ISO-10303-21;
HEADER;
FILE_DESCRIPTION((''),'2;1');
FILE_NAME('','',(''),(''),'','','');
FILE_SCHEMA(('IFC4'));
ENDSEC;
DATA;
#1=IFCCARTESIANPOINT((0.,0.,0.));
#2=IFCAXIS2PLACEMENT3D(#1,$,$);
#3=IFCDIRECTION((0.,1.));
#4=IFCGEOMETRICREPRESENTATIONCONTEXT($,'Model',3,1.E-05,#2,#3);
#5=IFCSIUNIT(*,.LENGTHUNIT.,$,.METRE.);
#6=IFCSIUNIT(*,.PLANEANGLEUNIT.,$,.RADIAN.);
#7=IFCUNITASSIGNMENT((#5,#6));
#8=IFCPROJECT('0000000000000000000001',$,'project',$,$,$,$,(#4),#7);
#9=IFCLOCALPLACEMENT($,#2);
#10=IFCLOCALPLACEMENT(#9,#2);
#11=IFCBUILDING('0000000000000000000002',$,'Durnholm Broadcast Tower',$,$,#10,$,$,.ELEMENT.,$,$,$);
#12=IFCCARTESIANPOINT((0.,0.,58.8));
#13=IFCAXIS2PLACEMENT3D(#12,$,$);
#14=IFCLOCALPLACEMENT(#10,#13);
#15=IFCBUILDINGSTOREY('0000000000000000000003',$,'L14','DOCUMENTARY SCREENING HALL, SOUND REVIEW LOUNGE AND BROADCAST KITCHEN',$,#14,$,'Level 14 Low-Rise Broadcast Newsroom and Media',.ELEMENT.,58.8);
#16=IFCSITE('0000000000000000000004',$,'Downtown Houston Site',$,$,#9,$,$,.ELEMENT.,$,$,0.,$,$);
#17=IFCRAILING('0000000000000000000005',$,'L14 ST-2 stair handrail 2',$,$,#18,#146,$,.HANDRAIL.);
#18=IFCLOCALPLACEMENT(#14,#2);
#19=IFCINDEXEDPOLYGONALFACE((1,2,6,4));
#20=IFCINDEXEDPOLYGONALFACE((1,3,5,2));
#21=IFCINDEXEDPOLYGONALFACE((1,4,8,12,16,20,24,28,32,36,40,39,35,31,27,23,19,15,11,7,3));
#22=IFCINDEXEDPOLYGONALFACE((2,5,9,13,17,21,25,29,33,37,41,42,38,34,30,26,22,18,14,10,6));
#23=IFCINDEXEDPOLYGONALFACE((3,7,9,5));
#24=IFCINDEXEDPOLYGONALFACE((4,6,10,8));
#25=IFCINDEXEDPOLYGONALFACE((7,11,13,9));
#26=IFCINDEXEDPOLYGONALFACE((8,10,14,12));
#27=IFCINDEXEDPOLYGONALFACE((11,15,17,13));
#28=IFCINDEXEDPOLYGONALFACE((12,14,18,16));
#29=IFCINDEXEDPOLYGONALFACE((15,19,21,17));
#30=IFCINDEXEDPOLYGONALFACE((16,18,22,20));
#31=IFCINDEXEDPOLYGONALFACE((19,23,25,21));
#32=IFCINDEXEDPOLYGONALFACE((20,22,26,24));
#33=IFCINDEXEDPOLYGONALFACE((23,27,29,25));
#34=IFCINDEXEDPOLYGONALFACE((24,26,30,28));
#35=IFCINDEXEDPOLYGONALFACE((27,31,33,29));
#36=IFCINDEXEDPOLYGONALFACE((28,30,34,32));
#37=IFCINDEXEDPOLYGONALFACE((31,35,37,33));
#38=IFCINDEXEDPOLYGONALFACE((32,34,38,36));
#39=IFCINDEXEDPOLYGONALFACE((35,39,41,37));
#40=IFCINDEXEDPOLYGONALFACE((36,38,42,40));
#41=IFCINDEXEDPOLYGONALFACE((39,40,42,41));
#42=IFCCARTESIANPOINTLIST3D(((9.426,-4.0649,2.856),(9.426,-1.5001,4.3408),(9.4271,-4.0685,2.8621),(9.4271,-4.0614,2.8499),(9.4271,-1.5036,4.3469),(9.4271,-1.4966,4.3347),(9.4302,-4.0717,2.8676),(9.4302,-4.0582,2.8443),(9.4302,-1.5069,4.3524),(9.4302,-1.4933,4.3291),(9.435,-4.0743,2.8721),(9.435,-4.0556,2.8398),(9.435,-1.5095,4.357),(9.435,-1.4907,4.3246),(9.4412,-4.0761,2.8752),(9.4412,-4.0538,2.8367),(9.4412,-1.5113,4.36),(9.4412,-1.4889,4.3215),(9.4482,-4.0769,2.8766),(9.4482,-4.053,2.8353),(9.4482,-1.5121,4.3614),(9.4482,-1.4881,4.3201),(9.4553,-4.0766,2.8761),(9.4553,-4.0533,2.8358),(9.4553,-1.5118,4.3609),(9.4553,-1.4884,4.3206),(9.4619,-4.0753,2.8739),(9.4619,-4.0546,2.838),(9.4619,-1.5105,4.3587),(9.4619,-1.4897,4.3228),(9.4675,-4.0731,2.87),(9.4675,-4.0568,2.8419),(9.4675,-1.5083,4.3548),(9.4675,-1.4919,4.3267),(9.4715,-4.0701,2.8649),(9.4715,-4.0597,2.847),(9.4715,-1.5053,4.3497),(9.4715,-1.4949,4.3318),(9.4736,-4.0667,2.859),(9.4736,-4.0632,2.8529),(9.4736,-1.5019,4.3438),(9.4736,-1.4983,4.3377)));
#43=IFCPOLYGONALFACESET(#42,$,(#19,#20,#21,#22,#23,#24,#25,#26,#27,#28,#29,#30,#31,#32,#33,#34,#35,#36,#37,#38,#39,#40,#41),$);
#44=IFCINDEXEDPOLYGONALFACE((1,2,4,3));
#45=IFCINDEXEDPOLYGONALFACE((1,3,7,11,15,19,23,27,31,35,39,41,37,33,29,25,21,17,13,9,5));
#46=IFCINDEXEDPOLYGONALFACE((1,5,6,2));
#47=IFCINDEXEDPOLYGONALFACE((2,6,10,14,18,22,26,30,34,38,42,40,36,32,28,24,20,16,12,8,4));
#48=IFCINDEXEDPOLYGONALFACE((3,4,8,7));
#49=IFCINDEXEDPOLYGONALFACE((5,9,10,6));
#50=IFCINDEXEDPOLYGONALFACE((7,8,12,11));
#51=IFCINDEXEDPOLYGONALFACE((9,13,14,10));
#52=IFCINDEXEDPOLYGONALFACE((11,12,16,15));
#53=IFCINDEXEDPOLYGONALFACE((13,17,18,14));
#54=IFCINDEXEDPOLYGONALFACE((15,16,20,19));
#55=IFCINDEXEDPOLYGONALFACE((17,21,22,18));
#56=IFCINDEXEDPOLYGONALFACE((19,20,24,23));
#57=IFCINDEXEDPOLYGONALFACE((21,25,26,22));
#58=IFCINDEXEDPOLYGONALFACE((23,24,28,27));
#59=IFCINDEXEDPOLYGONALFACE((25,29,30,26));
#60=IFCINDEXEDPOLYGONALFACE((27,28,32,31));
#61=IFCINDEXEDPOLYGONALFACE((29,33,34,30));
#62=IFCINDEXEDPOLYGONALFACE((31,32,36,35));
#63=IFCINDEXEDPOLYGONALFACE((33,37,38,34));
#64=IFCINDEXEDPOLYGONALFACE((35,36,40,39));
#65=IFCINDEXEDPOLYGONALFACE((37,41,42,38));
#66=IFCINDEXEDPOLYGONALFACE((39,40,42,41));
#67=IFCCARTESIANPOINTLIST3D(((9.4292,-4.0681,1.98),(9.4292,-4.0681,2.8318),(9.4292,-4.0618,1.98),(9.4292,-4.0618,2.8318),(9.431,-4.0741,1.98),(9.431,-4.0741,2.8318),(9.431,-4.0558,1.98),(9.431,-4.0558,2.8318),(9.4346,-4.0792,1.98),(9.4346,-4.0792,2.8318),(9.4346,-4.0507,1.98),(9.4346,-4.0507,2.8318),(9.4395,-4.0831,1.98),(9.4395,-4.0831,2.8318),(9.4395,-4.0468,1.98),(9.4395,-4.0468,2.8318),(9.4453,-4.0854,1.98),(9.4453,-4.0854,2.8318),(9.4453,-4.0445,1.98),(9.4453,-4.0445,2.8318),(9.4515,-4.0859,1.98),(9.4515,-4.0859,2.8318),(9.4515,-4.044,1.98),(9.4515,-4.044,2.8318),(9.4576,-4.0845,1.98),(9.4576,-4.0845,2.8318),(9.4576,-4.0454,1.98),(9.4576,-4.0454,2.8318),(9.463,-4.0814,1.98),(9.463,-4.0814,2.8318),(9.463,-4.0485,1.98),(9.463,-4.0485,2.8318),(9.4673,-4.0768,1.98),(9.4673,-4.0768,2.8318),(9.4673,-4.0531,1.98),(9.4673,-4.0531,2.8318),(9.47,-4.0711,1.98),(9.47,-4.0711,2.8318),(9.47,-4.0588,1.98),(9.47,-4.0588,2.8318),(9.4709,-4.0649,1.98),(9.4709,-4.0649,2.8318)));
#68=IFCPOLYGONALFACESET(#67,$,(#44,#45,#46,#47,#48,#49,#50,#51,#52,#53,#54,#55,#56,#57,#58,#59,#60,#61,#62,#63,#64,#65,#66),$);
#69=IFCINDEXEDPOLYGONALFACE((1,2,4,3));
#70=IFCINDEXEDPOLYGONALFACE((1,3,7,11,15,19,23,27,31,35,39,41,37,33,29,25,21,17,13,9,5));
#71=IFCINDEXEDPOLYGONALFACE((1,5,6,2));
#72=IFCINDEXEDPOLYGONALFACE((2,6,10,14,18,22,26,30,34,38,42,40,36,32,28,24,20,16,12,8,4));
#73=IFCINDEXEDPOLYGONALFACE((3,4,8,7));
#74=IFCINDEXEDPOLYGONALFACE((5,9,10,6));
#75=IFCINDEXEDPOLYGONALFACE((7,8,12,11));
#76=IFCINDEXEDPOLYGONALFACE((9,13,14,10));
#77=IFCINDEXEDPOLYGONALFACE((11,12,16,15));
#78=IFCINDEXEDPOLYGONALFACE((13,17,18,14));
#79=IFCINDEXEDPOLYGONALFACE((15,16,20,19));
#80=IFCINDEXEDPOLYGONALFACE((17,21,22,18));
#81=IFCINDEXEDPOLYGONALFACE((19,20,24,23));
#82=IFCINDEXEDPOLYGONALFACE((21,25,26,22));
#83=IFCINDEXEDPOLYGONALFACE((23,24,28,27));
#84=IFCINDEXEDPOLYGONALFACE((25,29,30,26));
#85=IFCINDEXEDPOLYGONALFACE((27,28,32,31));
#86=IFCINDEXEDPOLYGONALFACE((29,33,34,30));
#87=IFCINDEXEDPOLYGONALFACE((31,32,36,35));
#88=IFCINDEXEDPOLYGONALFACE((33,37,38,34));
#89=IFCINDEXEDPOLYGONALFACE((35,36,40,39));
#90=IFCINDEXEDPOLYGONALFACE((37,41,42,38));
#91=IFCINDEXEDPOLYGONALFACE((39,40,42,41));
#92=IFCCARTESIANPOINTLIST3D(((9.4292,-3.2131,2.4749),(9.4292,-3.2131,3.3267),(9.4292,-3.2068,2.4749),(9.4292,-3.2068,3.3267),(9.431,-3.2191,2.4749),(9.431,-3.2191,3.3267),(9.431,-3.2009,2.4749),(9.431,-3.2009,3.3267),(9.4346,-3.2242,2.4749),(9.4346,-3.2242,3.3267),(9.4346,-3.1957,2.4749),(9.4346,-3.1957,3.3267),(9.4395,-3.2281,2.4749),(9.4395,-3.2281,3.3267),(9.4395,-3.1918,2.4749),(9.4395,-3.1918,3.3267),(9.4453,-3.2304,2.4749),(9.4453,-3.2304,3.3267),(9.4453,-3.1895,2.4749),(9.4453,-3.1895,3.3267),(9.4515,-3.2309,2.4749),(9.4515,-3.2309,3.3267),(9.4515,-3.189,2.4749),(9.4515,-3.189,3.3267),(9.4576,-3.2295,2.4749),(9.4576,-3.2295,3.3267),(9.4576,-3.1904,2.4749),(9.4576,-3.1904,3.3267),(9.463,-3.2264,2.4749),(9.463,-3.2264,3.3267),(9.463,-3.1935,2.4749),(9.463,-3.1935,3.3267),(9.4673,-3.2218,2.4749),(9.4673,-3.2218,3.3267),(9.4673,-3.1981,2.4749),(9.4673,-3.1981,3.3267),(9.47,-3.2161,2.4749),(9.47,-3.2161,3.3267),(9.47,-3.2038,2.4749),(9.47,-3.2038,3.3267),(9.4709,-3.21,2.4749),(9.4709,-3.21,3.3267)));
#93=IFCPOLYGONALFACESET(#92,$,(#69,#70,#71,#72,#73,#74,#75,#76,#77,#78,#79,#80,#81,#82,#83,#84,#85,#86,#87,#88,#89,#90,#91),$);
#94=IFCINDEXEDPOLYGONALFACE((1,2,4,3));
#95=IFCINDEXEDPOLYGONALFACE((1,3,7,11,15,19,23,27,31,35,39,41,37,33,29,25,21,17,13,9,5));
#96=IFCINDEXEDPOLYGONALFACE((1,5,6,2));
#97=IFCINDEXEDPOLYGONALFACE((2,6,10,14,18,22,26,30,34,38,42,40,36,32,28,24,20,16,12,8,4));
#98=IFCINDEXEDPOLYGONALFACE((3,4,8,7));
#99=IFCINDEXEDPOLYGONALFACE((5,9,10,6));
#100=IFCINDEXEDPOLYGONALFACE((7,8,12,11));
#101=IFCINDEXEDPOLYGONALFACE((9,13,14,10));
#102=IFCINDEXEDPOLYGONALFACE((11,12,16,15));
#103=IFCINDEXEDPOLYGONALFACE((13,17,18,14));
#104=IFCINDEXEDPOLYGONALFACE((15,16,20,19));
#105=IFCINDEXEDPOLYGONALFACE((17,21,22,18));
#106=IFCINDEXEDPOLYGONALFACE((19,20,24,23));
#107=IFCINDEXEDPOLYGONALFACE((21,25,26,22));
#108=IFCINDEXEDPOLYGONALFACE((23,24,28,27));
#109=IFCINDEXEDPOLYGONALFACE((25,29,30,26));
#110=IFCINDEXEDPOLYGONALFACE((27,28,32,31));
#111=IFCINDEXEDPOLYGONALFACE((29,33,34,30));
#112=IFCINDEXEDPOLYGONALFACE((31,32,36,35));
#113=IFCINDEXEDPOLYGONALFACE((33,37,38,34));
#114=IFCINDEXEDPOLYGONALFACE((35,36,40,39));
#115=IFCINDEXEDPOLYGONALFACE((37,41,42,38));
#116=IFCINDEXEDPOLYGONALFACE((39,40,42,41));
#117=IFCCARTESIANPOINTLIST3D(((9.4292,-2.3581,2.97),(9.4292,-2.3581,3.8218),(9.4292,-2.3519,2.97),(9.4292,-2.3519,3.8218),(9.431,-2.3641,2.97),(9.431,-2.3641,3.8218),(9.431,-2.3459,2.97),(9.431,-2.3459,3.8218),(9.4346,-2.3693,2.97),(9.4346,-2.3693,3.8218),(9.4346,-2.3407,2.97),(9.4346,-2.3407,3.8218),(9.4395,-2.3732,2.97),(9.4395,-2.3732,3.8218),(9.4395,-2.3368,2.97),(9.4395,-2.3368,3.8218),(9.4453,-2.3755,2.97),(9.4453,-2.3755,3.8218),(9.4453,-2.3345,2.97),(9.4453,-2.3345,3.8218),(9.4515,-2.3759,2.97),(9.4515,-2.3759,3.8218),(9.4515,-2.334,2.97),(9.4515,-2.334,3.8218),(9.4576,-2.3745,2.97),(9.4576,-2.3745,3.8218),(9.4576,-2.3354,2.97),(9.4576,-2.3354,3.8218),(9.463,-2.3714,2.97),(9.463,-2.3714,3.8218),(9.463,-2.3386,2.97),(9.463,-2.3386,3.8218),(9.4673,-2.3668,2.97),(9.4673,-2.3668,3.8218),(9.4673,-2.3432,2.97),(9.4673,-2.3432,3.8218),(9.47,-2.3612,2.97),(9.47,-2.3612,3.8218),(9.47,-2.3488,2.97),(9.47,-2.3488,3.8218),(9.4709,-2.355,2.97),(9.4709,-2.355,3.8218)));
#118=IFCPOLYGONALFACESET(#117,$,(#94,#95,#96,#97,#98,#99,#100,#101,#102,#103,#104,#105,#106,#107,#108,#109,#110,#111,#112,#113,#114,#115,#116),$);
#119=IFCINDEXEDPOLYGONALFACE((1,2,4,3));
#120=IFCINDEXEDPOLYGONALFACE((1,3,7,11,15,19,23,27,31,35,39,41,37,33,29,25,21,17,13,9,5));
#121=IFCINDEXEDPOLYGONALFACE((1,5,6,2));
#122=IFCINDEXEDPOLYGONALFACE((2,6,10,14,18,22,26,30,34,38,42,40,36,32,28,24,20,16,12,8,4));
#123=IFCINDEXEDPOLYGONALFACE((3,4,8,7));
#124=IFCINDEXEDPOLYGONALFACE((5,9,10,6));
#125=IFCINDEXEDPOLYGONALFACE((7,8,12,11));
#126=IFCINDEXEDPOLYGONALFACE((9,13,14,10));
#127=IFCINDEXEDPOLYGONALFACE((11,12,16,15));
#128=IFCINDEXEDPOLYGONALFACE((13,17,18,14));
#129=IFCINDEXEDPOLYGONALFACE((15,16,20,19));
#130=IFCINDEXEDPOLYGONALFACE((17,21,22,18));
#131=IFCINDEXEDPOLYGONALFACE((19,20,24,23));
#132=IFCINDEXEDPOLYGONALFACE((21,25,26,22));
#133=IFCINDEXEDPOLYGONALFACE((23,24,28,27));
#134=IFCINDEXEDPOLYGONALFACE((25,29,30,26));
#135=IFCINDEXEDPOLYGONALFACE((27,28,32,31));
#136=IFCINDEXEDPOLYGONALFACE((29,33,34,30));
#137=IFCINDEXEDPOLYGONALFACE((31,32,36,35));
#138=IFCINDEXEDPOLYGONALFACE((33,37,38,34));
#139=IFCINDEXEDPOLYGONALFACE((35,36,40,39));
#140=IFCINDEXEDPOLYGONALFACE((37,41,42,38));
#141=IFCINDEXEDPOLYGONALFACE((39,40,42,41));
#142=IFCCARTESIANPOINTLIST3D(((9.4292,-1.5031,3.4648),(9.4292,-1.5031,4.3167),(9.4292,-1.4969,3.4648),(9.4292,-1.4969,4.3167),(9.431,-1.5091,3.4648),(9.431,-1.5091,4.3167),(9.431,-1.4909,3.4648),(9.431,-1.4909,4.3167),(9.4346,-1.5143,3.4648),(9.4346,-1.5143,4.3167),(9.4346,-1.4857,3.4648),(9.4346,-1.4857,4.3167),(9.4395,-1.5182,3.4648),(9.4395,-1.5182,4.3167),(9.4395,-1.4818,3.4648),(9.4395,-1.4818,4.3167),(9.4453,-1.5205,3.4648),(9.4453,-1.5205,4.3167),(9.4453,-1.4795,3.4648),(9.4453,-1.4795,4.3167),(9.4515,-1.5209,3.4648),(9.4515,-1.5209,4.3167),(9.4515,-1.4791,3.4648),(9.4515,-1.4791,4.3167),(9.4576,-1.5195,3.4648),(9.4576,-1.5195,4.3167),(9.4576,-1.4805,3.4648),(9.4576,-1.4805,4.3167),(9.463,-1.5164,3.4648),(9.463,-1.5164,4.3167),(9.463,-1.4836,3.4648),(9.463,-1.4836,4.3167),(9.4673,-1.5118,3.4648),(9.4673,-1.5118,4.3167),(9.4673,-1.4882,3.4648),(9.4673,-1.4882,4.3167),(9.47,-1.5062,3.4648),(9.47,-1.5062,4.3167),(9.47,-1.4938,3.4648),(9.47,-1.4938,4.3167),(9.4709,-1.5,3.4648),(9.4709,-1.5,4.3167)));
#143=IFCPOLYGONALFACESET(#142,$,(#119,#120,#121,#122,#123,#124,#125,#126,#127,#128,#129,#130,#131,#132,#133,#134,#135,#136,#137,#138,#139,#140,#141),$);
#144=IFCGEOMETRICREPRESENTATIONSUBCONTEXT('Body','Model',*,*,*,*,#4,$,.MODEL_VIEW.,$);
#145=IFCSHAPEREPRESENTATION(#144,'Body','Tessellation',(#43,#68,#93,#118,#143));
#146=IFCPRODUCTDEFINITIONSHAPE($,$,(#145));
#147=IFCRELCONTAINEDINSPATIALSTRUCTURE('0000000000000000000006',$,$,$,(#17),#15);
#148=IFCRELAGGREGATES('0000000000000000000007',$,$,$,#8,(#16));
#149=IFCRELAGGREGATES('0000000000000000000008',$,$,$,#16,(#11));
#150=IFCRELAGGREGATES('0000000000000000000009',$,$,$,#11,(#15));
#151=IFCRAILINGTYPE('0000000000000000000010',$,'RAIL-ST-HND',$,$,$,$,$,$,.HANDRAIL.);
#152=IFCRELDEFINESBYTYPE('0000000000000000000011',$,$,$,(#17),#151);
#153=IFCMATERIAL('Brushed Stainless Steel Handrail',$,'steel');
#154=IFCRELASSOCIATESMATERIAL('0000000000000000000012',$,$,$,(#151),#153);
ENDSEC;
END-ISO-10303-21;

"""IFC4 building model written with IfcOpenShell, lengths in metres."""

from ifc_helpers import new_model, si_unit, direction, frame, origin, origin_2d, place, context, subcontext, project, spatial, circle, extrude, material, type_object, element, save


model = new_model("IFC4")

# Units and contexts
model_context = context("Model", 3, precision=1e-05, world=origin(), true_north=direction((0.0, 1.0)))
body_context = subcontext(model_context, "Body", "Model", "MODEL_VIEW")
ifc_project = project(units=[si_unit("LENGTHUNIT", "METRE"), si_unit("PLANEANGLEUNIT", "RADIAN")], contexts=[model_context])

# Site, building, storey
site_placement = place(None, origin())
site = spatial("IfcSite", under=ifc_project, at=site_placement, Name="Downtown Houston Site", CompositionType="ELEMENT", RefElevation=0.0)
building_placement = place(site_placement, origin())
building = spatial("IfcBuilding", under=site, at=building_placement, Name="Durnholm Broadcast Tower", CompositionType="ELEMENT")
storey_placement = place(building_placement, frame((0.0, 0.0, 58.8)))
storey = spatial("IfcBuildingStorey", under=building, at=storey_placement, Name="L14", Description="DOCUMENTARY SCREENING HALL, SOUND REVIEW LOUNGE AND BROADCAST KITCHEN", LongName="Level 14 Low-Rise Broadcast Newsroom and Media", CompositionType="ELEMENT", Elevation=58.8)

# Railing
ifc_material_1 = material(Name="Brushed Stainless Steel Handrail", Category="steel")
railing_type_1 = type_object("IfcRailingType", Name="RAIL-ST-HND", PredefinedType="HANDRAIL", material=ifc_material_1)
railing_1_placement = place(storey_placement, frame((9.45, -4.0649, 1.98)))
element("IfcRailing", 1, at=railing_1_placement, inside=storey, type_object=railing_type_1, Name="L14 ST-2 stair handrail 2", PredefinedType="HANDRAIL", context=body_context, shape_type="SweptSolid", body=[
    extrude(circle(Radius=0.0239, at=origin_2d()), frame((0.0, 0.0, 0.876), z_axis=(0.0, 0.865441, 0.50101), x_axis=(-1.0, 0.0, 0.0)), (0.0, 0.0, 1.0), 2.9636),
    extrude(circle(Radius=0.021, at=origin_2d()), origin(), (0.0, 0.0, 1.0), 0.8518),
    extrude(circle(Radius=0.021, at=origin_2d()), frame((0.0, 0.855, 0.4949)), (0.0, 0.0, 1.0), 0.8518),
    extrude(circle(Radius=0.021, at=origin_2d()), frame((0.0, 1.71, 0.99)), (0.0, 0.0, 1.0), 0.8518),
    extrude(circle(Radius=0.021, at=origin_2d()), frame((0.0, 2.5649, 1.4849)), (0.0, 0.0, 1.0), 0.8518),
])

save(model, "model.ifc")
